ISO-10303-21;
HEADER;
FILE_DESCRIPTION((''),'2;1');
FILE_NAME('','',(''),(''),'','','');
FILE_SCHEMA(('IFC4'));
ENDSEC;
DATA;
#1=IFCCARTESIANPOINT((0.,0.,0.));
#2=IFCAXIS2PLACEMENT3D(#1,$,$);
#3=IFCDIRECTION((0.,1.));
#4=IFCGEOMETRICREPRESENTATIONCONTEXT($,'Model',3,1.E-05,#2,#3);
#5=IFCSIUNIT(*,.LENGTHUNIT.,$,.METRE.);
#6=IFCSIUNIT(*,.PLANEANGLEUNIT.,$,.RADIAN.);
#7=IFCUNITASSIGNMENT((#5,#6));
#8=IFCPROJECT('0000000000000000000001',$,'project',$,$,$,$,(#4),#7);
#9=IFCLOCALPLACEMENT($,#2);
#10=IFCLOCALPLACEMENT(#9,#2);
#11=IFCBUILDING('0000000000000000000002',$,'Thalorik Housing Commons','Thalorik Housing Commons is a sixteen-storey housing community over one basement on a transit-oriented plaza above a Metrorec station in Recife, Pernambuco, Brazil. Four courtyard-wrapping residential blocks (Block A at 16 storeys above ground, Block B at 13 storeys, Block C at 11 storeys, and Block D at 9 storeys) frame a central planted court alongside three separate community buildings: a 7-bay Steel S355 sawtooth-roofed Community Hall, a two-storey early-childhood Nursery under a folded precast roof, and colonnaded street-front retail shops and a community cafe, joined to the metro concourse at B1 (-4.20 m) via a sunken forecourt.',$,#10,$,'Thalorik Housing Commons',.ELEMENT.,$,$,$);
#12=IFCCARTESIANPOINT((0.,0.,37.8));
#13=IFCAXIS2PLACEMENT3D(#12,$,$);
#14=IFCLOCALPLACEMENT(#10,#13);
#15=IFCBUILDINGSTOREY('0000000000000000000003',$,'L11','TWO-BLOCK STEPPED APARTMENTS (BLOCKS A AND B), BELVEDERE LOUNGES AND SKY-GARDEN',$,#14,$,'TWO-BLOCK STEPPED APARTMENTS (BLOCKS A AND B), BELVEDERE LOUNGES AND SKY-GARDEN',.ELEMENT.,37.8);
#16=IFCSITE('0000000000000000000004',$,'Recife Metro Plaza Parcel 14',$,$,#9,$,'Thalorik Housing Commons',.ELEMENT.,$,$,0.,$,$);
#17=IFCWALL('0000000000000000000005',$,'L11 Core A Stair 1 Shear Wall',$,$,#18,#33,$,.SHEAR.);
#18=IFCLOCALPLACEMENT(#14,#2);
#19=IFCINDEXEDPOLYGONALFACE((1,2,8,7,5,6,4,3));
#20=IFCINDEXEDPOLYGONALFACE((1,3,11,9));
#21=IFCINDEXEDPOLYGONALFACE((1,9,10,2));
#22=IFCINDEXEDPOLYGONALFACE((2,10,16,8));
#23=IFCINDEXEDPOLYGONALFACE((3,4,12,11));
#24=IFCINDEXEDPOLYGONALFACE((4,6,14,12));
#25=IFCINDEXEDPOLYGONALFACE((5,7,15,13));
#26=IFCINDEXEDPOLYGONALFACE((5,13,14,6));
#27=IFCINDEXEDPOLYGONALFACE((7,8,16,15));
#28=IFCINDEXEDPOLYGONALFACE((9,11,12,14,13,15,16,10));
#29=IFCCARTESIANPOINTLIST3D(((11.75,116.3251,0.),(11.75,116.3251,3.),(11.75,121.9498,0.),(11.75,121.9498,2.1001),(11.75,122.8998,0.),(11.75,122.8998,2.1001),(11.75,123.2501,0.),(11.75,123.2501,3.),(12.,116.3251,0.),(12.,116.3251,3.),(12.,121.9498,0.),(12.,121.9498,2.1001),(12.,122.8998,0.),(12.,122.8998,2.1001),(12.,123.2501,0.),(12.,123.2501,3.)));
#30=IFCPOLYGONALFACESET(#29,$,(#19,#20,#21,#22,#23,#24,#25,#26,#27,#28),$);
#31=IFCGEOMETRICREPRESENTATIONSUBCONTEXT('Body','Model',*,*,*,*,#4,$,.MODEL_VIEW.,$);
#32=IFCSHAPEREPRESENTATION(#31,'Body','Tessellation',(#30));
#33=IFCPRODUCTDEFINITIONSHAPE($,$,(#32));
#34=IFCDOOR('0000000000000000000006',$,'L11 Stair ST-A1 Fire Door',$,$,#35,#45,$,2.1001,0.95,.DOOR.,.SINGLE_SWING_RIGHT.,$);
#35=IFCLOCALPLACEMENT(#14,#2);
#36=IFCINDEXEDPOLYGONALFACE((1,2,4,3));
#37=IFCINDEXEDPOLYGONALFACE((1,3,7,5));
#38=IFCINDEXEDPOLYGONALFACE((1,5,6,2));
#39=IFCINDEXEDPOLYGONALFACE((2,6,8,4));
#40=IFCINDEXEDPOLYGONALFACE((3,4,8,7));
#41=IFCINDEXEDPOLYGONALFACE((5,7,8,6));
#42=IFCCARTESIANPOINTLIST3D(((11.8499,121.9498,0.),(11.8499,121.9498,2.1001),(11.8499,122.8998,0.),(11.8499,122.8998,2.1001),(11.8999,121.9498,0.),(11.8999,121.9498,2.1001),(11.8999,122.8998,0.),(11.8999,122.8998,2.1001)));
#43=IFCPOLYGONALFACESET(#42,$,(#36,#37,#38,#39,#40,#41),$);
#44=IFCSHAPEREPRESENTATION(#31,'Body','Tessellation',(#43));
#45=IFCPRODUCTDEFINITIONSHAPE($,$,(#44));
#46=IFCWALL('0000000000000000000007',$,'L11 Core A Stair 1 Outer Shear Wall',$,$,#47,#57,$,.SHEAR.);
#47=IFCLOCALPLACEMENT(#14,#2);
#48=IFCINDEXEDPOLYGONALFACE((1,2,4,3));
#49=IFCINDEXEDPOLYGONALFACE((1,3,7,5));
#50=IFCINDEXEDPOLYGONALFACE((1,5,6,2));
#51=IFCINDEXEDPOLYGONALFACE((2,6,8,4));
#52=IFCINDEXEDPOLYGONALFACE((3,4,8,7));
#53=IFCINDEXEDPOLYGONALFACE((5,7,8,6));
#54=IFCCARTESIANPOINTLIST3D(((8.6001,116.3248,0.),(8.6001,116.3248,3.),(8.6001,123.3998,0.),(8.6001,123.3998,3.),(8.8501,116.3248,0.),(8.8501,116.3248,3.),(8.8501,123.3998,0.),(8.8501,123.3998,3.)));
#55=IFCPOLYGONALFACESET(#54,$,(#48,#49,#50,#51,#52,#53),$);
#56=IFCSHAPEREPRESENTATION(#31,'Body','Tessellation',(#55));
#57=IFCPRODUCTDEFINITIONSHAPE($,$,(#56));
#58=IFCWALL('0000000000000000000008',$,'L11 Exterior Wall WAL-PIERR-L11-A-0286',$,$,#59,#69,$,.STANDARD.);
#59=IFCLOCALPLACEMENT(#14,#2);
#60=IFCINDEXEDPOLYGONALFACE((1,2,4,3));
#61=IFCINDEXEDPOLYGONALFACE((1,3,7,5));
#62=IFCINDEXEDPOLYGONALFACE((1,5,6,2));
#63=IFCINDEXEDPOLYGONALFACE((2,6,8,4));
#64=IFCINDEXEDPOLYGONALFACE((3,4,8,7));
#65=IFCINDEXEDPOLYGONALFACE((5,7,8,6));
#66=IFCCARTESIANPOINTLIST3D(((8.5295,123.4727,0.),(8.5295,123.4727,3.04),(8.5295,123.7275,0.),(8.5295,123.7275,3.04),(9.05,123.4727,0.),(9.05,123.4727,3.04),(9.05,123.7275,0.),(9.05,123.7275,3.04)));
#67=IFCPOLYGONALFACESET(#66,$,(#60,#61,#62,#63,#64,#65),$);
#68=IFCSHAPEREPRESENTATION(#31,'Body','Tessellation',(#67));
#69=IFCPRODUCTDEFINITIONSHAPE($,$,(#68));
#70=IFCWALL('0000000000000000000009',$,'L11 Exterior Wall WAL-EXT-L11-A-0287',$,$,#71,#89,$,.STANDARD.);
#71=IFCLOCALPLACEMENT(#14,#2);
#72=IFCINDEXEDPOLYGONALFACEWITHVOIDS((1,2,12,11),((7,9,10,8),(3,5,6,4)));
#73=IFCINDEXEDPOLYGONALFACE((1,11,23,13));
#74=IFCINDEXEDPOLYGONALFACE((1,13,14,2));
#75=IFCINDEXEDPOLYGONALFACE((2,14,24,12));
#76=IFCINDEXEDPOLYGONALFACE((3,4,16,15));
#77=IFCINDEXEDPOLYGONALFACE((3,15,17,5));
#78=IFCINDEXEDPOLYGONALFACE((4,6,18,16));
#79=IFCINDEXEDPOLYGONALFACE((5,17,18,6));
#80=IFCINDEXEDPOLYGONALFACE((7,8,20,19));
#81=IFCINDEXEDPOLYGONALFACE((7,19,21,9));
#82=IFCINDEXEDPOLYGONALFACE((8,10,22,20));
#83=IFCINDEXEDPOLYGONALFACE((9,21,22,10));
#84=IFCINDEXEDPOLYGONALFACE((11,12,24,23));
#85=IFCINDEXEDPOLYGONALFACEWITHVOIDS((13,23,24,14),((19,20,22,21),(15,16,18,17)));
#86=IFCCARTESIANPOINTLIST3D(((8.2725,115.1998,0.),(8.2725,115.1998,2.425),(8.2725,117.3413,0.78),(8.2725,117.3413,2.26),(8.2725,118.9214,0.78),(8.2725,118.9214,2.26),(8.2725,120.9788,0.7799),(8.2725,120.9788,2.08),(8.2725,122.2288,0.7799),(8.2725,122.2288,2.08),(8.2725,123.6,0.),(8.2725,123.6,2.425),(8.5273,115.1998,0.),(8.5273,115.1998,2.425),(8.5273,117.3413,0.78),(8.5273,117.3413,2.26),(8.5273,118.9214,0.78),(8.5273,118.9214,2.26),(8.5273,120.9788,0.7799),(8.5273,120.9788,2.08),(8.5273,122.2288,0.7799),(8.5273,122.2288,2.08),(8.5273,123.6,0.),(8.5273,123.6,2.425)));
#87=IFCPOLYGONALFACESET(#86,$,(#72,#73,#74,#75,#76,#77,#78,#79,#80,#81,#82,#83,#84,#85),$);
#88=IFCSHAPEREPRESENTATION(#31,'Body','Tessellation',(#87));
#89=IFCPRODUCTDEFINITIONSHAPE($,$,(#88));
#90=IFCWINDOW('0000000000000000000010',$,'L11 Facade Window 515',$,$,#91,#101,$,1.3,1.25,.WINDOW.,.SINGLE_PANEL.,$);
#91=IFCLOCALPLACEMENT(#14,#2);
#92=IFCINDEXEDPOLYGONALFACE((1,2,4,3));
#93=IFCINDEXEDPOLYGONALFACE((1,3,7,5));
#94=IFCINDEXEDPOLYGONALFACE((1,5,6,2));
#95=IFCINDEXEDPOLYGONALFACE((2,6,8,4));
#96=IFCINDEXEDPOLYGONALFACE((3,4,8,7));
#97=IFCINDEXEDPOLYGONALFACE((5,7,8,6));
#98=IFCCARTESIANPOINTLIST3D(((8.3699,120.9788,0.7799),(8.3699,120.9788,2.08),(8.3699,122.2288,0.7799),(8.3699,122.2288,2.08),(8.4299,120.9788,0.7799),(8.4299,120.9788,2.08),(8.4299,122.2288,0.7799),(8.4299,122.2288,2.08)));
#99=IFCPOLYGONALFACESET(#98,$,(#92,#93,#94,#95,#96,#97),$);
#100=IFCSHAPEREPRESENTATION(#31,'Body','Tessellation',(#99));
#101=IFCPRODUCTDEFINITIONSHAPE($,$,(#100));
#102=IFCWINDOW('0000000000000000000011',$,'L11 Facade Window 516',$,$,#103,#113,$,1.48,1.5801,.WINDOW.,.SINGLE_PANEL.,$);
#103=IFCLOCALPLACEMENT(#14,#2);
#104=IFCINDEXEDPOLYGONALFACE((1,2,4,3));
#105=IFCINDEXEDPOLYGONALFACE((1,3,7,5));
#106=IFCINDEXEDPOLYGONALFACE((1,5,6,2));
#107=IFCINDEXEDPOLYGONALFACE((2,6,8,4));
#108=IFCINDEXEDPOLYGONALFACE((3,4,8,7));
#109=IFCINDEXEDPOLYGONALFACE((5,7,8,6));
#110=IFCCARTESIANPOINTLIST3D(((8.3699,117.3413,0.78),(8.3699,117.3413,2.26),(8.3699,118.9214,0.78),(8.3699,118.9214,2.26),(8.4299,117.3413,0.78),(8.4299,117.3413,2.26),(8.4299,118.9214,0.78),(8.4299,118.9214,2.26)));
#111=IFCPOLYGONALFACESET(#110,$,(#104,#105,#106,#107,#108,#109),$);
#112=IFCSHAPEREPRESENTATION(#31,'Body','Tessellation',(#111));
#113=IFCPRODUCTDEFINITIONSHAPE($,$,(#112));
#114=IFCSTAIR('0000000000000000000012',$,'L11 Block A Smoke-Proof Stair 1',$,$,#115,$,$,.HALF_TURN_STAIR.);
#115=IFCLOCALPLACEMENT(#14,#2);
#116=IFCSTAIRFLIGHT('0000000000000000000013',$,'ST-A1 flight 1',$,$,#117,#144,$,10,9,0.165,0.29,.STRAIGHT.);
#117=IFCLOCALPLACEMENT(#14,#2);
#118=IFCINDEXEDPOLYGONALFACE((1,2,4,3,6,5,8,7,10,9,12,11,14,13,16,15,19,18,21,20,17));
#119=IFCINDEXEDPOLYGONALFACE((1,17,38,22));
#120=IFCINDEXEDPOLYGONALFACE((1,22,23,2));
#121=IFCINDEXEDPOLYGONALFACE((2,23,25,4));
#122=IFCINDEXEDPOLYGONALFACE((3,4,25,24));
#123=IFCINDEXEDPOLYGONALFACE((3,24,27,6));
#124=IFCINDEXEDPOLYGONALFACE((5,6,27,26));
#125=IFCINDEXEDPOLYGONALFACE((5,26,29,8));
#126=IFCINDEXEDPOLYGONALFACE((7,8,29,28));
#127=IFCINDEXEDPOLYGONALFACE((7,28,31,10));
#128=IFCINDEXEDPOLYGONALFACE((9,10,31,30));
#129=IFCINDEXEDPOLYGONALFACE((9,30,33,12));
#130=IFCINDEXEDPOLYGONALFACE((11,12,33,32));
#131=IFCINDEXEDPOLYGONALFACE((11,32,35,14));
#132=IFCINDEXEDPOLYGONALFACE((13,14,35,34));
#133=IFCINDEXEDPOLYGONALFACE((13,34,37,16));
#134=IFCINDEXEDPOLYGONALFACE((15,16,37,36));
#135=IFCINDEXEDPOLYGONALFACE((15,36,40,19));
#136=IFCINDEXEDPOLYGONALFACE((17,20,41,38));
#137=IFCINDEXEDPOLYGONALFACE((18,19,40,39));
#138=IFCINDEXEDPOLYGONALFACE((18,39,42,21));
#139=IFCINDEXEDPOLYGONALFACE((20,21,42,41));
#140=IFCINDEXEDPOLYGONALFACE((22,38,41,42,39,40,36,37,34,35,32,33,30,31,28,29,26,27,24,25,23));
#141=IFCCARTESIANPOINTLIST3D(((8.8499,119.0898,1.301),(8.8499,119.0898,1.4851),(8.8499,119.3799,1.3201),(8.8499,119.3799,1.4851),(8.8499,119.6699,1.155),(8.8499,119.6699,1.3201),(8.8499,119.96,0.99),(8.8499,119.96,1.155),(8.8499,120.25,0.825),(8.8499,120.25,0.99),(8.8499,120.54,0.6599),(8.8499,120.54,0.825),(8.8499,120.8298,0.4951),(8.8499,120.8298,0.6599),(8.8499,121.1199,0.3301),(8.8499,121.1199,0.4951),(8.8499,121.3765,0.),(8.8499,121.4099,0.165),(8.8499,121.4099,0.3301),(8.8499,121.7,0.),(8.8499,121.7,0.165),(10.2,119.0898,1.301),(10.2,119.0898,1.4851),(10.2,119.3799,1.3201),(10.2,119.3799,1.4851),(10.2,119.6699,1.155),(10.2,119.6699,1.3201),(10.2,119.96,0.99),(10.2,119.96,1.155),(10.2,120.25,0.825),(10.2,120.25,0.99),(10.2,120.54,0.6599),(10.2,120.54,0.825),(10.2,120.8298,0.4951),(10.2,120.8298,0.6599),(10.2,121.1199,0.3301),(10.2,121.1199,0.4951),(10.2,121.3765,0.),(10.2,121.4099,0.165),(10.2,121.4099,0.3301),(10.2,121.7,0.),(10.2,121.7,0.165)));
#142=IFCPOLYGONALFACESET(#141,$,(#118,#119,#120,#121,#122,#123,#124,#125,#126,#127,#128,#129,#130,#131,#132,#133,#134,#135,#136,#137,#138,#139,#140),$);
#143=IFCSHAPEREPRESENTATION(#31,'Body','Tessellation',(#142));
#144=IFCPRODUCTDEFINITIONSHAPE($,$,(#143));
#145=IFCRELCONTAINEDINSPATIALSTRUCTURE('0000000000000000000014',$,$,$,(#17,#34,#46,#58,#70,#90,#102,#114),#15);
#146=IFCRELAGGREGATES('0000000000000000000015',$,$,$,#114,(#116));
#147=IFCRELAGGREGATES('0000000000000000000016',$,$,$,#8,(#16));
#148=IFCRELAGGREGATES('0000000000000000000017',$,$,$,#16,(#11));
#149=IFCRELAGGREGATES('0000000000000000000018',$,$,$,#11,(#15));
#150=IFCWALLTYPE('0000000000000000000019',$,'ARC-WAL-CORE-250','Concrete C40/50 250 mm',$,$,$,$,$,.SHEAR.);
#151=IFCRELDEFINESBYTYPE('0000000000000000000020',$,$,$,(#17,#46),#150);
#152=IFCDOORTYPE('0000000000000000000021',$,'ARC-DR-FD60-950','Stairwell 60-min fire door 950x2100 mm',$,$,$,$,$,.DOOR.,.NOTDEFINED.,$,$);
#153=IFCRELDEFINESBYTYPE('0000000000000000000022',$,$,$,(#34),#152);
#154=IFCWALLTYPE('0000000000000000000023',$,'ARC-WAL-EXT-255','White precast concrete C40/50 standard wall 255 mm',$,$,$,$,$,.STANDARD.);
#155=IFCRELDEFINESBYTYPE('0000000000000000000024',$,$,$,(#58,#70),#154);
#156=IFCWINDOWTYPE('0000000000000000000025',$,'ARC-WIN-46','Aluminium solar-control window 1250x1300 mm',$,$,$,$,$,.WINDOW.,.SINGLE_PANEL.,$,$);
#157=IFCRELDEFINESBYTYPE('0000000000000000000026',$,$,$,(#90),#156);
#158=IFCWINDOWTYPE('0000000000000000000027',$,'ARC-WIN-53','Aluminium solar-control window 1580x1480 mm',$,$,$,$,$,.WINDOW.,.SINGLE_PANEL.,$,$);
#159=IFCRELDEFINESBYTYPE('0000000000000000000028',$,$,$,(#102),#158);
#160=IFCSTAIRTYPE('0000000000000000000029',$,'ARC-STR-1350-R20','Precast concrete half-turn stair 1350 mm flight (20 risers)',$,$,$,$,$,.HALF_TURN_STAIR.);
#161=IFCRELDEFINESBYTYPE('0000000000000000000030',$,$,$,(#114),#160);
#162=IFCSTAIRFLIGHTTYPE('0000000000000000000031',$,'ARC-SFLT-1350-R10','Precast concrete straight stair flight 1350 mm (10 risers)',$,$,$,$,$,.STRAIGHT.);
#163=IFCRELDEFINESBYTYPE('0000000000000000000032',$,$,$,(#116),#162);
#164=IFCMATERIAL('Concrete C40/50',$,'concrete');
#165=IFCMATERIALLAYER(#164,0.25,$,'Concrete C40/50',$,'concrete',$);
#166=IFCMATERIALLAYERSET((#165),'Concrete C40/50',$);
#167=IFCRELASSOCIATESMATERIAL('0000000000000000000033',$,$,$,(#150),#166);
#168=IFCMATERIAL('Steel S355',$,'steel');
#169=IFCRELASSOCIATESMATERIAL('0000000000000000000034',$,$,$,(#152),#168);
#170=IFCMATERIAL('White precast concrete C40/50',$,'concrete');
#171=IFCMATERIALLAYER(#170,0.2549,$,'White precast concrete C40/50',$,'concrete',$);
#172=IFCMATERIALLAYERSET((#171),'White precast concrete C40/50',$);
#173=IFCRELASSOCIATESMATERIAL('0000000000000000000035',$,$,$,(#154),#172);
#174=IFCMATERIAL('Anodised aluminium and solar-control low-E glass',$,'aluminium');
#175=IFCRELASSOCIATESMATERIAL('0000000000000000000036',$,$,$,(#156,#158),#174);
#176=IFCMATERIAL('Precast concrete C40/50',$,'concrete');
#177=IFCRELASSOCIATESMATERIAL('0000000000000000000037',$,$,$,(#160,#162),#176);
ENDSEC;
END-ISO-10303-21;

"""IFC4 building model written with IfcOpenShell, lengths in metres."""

from ifc_helpers import new_model, si_unit, direction, frame, frame_2d, origin, place, context, subcontext, project, spatial, polyline, rectangle, outline, extrude, material, layer, layer_set, type_object, element, fill, aggregate, save


model = new_model("IFC4")

# Units and contexts
model_context = context("Model", 3, precision=1e-05, world=origin(), true_north=direction((0.0, 1.0)))
body_context = subcontext(model_context, "Body", "Model", "MODEL_VIEW")
ifc_project = project(units=[si_unit("LENGTHUNIT", "METRE"), si_unit("PLANEANGLEUNIT", "RADIAN")], contexts=[model_context])

# Site, building, storey
site_placement = place(None, origin())
site = spatial("IfcSite", under=ifc_project, at=site_placement, Name="Recife Metro Plaza Parcel 14", LongName="Thalorik Housing Commons", CompositionType="ELEMENT", RefElevation=0.0)
building_placement = place(site_placement, origin())
building = spatial("IfcBuilding", under=site, at=building_placement, Name="Thalorik Housing Commons", Description="Thalorik Housing Commons is a sixteen-storey housing community over one basement on a transit-oriented plaza above a Metrorec station in Recife, Pernambuco, Brazil. Four courtyard-wrapping residential blocks (Block A at 16 storeys above ground, Block B at 13 storeys, Block C at 11 storeys, and Block D at 9 storeys) frame a central planted court alongside three separate community buildings: a 7-bay Steel S355 sawtooth-roofed Community Hall, a two-storey early-childhood Nursery under a folded precast roof, and colonnaded street-front retail shops and a community cafe, joined to the metro concourse at B1 (-4.20 m) via a sunken forecourt.", LongName="Thalorik Housing Commons", CompositionType="ELEMENT")
storey_placement = place(building_placement, frame((0.0, 0.0, 37.8)))
storey = spatial("IfcBuildingStorey", under=building, at=storey_placement, Name="L11", Description="TWO-BLOCK STEPPED APARTMENTS (BLOCKS A AND B), BELVEDERE LOUNGES AND SKY-GARDEN", LongName="TWO-BLOCK STEPPED APARTMENTS (BLOCKS A AND B), BELVEDERE LOUNGES AND SKY-GARDEN", CompositionType="ELEMENT", Elevation=37.8)

# Shared definitions
ifc_material_1 = material(Name="Precast concrete C40/50", Category="concrete")

# Shared definitions
ifc_material_2 = material(Name="Anodised aluminium and solar-control low-E glass", Category="aluminium")

# Wall, opening, door
ifc_material_3 = material(Name="Concrete C40/50", Category="concrete")
ifc_layer_1 = layer(ifc_material_3, 0.25, Name="Concrete C40/50", Category="concrete")
ifc_layer_set_1 = layer_set([ifc_layer_1], Name="Concrete C40/50")
wall_type_1 = type_object("IfcWallType", Name="ARC-WAL-CORE-250", Description="Concrete C40/50 250 mm", PredefinedType="SHEAR", material=ifc_layer_set_1)
wall_1_placement = place(storey_placement, frame((11.875, 123.25, 0.0), z_axis=(0.0, 0.0, 1.0), x_axis=(0.0, -1.0, 0.0)))
wall_1 = element("IfcWall", 1, at=wall_1_placement, inside=storey, type_object=wall_type_1, Name="L11 Core A Stair 1 Shear Wall", PredefinedType="SHEAR", context=body_context, shape_type="SweptSolid", body=[
    extrude(rectangle(XDim=6.925, YDim=0.25, at=frame_2d((3.4624, 0.0))), origin(), (0.0, 0.0, 1.0), 3.0),
])
opening_1_placement = place(wall_1_placement, frame((0.3501, 0.0, 0.0)))
opening_1 = element("IfcOpeningElement", 2, at=opening_1_placement, cuts=wall_1, PredefinedType="OPENING", context=body_context, shape_type="SweptSolid", body=[
    extrude(rectangle(XDim=0.95, YDim=2.1001, at=frame_2d((0.4751, 1.05))), frame((0.0, 0.135, 0.0), z_axis=(0.0, -1.0, 0.0), x_axis=(1.0, 0.0, 0.0)), (0.0, 0.0, 1.0), 0.27),
])
ifc_material_4 = material(Name="Steel S355", Category="steel")
door_type = type_object("IfcDoorType", Name="ARC-DR-FD60-950", Description="Stairwell 60-min fire door 950x2100 mm", OperationType="NOTDEFINED", PredefinedType="DOOR", material=ifc_material_4)
door_placement = place(opening_1_placement, origin())
door = element("IfcDoor", 3, at=door_placement, inside=storey, type_object=door_type, Name="L11 Stair ST-A1 Fire Door", OperationType="SINGLE_SWING_RIGHT", OverallHeight=2.1001, OverallWidth=0.95, PredefinedType="DOOR", context=body_context, shape_type="SweptSolid", body=[
    extrude(rectangle(XDim=0.95, YDim=2.1001, at=frame_2d((0.4751, 1.05))), frame((0.0, 0.0249, 0.0), z_axis=(0.0, -1.0, 0.0), x_axis=(1.0, 0.0, 0.0)), (0.0, 0.0, 1.0), 0.05),
])
fill(opening_1, door)

# Walls
wall_2_placement = place(storey_placement, frame((8.7251, 123.3999, 0.0), z_axis=(0.0, 0.0, 1.0), x_axis=(0.0, -1.0, 0.0)))
element("IfcWall", 4, at=wall_2_placement, inside=storey, type_object=wall_type_1, Name="L11 Core A Stair 1 Outer Shear Wall", PredefinedType="SHEAR", context=body_context, shape_type="SweptSolid", body=[
    extrude(rectangle(XDim=7.075, YDim=0.25, at=frame_2d((3.5376, 0.0))), origin(), (0.0, 0.0, 1.0), 3.0),
])
ifc_material_5 = material(Name="White precast concrete C40/50", Category="concrete")
ifc_layer_2 = layer(ifc_material_5, 0.2549, Name="White precast concrete C40/50", Category="concrete")
ifc_layer_set_2 = layer_set([ifc_layer_2], Name="White precast concrete C40/50")
wall_type_2 = type_object("IfcWallType", Name="ARC-WAL-EXT-255", Description="White precast concrete C40/50 standard wall 255 mm", PredefinedType="STANDARD", material=ifc_layer_set_2)
wall_3_placement = place(storey_placement, frame((9.05, 123.6001, 0.0), z_axis=(0.0, 0.0, 1.0), x_axis=(-1.0, 0.0, 0.0)))
element("IfcWall", 5, at=wall_3_placement, inside=storey, type_object=wall_type_2, Name="L11 Exterior Wall WAL-PIERR-L11-A-0286", PredefinedType="STANDARD", context=body_context, shape_type="SweptSolid", body=[
    extrude(rectangle(XDim=0.5205, YDim=0.2549, at=frame_2d((0.2603, 0.0))), origin(), (0.0, 0.0, 1.0), 3.04),
])

# Wall, openings, windows
wall_4_placement = place(storey_placement, frame((8.3999, 123.6001, 0.0), z_axis=(0.0, 0.0, 1.0), x_axis=(0.0, -1.0, 0.0)))
wall_4 = element("IfcWall", 6, at=wall_4_placement, inside=storey, type_object=wall_type_2, Name="L11 Exterior Wall WAL-EXT-L11-A-0287", PredefinedType="STANDARD", context=body_context, shape_type="SweptSolid", body=[
    extrude(rectangle(XDim=8.4001, YDim=0.2549, at=frame_2d((4.2002, 0.0))), origin(), (0.0, 0.0, 1.0), 2.425),
])
opening_2_placement = place(wall_4_placement, frame((1.3713, 0.0, 0.78)))
opening_2 = element("IfcOpeningElement", 7, at=opening_2_placement, cuts=wall_4, PredefinedType="OPENING", context=body_context, shape_type="SweptSolid", body=[
    extrude(rectangle(XDim=1.25, YDim=1.3, at=frame_2d((0.625, 0.6499))), frame((0.0, 0.1375, 0.0), z_axis=(0.0, -1.0, 0.0), x_axis=(1.0, 0.0, 0.0)), (0.0, 0.0, 1.0), 0.2749),
])
opening_3_placement = place(wall_4_placement, frame((4.6787, 0.0, 0.78)))
opening_3 = element("IfcOpeningElement", 8, at=opening_3_placement, cuts=wall_4, PredefinedType="OPENING", context=body_context, shape_type="SweptSolid", body=[
    extrude(rectangle(XDim=1.5801, YDim=1.48, at=frame_2d((0.79, 0.74))), frame((0.0, 0.1375, 0.0), z_axis=(0.0, -1.0, 0.0), x_axis=(1.0, 0.0, 0.0)), (0.0, 0.0, 1.0), 0.2749),
])
window_type_1 = type_object("IfcWindowType", Name="ARC-WIN-46", Description="Aluminium solar-control window 1250x1300 mm", PartitioningType="SINGLE_PANEL", PredefinedType="WINDOW", material=ifc_material_2)
window_1_placement = place(opening_2_placement, origin())
window_1 = element("IfcWindow", 9, at=window_1_placement, inside=storey, type_object=window_type_1, Name="L11 Facade Window 515", OverallHeight=1.3, OverallWidth=1.25, PartitioningType="SINGLE_PANEL", PredefinedType="WINDOW", context=body_context, shape_type="SweptSolid", body=[
    extrude(rectangle(XDim=1.25, YDim=1.3, at=frame_2d((0.625, 0.6499))), frame((0.0, 0.03, 0.0), z_axis=(0.0, -1.0, 0.0), x_axis=(1.0, 0.0, 0.0)), (0.0, 0.0, 1.0), 0.0601),
])
fill(opening_2, window_1)
window_type_2 = type_object("IfcWindowType", Name="ARC-WIN-53", Description="Aluminium solar-control window 1580x1480 mm", PartitioningType="SINGLE_PANEL", PredefinedType="WINDOW", material=ifc_material_2)
window_2_placement = place(opening_3_placement, origin())
window_2 = element("IfcWindow", 10, at=window_2_placement, inside=storey, type_object=window_type_2, Name="L11 Facade Window 516", OverallHeight=1.48, OverallWidth=1.5801, PartitioningType="SINGLE_PANEL", PredefinedType="WINDOW", context=body_context, shape_type="SweptSolid", body=[
    extrude(rectangle(XDim=1.5801, YDim=1.48, at=frame_2d((0.79, 0.74))), frame((0.0, 0.03, 0.0), z_axis=(0.0, -1.0, 0.0), x_axis=(1.0, 0.0, 0.0)), (0.0, 0.0, 1.0), 0.0601),
])
fill(opening_3, window_2)

# Stair, stair flight
stair_type = type_object("IfcStairType", Name="ARC-STR-1350-R20", Description="Precast concrete half-turn stair 1350 mm flight (20 risers)", PredefinedType="HALF_TURN_STAIR", material=ifc_material_1)
stair_placement = place(storey_placement, origin())
stair = element("IfcStair", 11, at=stair_placement, inside=storey, type_object=stair_type, Name="L11 Block A Smoke-Proof Stair 1", PredefinedType="HALF_TURN_STAIR")
stair_flight_type = type_object("IfcStairFlightType", Name="ARC-SFLT-1350-R10", Description="Precast concrete straight stair flight 1350 mm (10 risers)", PredefinedType="STRAIGHT", material=ifc_material_1)
stair_flight_placement = place(storey_placement, frame((9.5249, 121.7, 0.0), z_axis=(0.0, 0.0, 1.0), x_axis=(0.0, -1.0, 0.0)))
stair_flight = element("IfcStairFlight", 12, at=stair_flight_placement, type_object=stair_flight_type, Name="ST-A1 flight 1", NumberOfRisers=10, NumberOfTreads=9, PredefinedType="STRAIGHT", RiserHeight=0.165, TreadLength=0.29, context=body_context, shape_type="SweptSolid", body=[
    extrude(outline(polyline([(0.0, 0.0), (0.0, 0.165), (0.29, 0.165), (0.29, 0.3301), (0.5801, 0.3301), (0.5801, 0.4951), (0.8701, 0.4951), (0.8701, 0.6599), (1.1599, 0.6599), (1.1599, 0.825), (1.45, 0.825), (1.45, 0.99), (1.74, 0.99), (1.74, 1.155), (2.03, 1.155), (2.03, 1.3201), (2.3201, 1.3201), (2.3201, 1.4851), (2.6101, 1.4851), (2.6101, 1.6499), (2.6101, 1.301), (0.3235, 0.0), (0.0, 0.0)])), frame((0.0, 0.675, 0.0), z_axis=(0.0, -1.0, 0.0), x_axis=(1.0, 0.0, 0.0)), (0.0, 0.0, 1.0), 1.3501),
])
aggregate(stair, [stair_flight])

save(model, "model.ifc")
